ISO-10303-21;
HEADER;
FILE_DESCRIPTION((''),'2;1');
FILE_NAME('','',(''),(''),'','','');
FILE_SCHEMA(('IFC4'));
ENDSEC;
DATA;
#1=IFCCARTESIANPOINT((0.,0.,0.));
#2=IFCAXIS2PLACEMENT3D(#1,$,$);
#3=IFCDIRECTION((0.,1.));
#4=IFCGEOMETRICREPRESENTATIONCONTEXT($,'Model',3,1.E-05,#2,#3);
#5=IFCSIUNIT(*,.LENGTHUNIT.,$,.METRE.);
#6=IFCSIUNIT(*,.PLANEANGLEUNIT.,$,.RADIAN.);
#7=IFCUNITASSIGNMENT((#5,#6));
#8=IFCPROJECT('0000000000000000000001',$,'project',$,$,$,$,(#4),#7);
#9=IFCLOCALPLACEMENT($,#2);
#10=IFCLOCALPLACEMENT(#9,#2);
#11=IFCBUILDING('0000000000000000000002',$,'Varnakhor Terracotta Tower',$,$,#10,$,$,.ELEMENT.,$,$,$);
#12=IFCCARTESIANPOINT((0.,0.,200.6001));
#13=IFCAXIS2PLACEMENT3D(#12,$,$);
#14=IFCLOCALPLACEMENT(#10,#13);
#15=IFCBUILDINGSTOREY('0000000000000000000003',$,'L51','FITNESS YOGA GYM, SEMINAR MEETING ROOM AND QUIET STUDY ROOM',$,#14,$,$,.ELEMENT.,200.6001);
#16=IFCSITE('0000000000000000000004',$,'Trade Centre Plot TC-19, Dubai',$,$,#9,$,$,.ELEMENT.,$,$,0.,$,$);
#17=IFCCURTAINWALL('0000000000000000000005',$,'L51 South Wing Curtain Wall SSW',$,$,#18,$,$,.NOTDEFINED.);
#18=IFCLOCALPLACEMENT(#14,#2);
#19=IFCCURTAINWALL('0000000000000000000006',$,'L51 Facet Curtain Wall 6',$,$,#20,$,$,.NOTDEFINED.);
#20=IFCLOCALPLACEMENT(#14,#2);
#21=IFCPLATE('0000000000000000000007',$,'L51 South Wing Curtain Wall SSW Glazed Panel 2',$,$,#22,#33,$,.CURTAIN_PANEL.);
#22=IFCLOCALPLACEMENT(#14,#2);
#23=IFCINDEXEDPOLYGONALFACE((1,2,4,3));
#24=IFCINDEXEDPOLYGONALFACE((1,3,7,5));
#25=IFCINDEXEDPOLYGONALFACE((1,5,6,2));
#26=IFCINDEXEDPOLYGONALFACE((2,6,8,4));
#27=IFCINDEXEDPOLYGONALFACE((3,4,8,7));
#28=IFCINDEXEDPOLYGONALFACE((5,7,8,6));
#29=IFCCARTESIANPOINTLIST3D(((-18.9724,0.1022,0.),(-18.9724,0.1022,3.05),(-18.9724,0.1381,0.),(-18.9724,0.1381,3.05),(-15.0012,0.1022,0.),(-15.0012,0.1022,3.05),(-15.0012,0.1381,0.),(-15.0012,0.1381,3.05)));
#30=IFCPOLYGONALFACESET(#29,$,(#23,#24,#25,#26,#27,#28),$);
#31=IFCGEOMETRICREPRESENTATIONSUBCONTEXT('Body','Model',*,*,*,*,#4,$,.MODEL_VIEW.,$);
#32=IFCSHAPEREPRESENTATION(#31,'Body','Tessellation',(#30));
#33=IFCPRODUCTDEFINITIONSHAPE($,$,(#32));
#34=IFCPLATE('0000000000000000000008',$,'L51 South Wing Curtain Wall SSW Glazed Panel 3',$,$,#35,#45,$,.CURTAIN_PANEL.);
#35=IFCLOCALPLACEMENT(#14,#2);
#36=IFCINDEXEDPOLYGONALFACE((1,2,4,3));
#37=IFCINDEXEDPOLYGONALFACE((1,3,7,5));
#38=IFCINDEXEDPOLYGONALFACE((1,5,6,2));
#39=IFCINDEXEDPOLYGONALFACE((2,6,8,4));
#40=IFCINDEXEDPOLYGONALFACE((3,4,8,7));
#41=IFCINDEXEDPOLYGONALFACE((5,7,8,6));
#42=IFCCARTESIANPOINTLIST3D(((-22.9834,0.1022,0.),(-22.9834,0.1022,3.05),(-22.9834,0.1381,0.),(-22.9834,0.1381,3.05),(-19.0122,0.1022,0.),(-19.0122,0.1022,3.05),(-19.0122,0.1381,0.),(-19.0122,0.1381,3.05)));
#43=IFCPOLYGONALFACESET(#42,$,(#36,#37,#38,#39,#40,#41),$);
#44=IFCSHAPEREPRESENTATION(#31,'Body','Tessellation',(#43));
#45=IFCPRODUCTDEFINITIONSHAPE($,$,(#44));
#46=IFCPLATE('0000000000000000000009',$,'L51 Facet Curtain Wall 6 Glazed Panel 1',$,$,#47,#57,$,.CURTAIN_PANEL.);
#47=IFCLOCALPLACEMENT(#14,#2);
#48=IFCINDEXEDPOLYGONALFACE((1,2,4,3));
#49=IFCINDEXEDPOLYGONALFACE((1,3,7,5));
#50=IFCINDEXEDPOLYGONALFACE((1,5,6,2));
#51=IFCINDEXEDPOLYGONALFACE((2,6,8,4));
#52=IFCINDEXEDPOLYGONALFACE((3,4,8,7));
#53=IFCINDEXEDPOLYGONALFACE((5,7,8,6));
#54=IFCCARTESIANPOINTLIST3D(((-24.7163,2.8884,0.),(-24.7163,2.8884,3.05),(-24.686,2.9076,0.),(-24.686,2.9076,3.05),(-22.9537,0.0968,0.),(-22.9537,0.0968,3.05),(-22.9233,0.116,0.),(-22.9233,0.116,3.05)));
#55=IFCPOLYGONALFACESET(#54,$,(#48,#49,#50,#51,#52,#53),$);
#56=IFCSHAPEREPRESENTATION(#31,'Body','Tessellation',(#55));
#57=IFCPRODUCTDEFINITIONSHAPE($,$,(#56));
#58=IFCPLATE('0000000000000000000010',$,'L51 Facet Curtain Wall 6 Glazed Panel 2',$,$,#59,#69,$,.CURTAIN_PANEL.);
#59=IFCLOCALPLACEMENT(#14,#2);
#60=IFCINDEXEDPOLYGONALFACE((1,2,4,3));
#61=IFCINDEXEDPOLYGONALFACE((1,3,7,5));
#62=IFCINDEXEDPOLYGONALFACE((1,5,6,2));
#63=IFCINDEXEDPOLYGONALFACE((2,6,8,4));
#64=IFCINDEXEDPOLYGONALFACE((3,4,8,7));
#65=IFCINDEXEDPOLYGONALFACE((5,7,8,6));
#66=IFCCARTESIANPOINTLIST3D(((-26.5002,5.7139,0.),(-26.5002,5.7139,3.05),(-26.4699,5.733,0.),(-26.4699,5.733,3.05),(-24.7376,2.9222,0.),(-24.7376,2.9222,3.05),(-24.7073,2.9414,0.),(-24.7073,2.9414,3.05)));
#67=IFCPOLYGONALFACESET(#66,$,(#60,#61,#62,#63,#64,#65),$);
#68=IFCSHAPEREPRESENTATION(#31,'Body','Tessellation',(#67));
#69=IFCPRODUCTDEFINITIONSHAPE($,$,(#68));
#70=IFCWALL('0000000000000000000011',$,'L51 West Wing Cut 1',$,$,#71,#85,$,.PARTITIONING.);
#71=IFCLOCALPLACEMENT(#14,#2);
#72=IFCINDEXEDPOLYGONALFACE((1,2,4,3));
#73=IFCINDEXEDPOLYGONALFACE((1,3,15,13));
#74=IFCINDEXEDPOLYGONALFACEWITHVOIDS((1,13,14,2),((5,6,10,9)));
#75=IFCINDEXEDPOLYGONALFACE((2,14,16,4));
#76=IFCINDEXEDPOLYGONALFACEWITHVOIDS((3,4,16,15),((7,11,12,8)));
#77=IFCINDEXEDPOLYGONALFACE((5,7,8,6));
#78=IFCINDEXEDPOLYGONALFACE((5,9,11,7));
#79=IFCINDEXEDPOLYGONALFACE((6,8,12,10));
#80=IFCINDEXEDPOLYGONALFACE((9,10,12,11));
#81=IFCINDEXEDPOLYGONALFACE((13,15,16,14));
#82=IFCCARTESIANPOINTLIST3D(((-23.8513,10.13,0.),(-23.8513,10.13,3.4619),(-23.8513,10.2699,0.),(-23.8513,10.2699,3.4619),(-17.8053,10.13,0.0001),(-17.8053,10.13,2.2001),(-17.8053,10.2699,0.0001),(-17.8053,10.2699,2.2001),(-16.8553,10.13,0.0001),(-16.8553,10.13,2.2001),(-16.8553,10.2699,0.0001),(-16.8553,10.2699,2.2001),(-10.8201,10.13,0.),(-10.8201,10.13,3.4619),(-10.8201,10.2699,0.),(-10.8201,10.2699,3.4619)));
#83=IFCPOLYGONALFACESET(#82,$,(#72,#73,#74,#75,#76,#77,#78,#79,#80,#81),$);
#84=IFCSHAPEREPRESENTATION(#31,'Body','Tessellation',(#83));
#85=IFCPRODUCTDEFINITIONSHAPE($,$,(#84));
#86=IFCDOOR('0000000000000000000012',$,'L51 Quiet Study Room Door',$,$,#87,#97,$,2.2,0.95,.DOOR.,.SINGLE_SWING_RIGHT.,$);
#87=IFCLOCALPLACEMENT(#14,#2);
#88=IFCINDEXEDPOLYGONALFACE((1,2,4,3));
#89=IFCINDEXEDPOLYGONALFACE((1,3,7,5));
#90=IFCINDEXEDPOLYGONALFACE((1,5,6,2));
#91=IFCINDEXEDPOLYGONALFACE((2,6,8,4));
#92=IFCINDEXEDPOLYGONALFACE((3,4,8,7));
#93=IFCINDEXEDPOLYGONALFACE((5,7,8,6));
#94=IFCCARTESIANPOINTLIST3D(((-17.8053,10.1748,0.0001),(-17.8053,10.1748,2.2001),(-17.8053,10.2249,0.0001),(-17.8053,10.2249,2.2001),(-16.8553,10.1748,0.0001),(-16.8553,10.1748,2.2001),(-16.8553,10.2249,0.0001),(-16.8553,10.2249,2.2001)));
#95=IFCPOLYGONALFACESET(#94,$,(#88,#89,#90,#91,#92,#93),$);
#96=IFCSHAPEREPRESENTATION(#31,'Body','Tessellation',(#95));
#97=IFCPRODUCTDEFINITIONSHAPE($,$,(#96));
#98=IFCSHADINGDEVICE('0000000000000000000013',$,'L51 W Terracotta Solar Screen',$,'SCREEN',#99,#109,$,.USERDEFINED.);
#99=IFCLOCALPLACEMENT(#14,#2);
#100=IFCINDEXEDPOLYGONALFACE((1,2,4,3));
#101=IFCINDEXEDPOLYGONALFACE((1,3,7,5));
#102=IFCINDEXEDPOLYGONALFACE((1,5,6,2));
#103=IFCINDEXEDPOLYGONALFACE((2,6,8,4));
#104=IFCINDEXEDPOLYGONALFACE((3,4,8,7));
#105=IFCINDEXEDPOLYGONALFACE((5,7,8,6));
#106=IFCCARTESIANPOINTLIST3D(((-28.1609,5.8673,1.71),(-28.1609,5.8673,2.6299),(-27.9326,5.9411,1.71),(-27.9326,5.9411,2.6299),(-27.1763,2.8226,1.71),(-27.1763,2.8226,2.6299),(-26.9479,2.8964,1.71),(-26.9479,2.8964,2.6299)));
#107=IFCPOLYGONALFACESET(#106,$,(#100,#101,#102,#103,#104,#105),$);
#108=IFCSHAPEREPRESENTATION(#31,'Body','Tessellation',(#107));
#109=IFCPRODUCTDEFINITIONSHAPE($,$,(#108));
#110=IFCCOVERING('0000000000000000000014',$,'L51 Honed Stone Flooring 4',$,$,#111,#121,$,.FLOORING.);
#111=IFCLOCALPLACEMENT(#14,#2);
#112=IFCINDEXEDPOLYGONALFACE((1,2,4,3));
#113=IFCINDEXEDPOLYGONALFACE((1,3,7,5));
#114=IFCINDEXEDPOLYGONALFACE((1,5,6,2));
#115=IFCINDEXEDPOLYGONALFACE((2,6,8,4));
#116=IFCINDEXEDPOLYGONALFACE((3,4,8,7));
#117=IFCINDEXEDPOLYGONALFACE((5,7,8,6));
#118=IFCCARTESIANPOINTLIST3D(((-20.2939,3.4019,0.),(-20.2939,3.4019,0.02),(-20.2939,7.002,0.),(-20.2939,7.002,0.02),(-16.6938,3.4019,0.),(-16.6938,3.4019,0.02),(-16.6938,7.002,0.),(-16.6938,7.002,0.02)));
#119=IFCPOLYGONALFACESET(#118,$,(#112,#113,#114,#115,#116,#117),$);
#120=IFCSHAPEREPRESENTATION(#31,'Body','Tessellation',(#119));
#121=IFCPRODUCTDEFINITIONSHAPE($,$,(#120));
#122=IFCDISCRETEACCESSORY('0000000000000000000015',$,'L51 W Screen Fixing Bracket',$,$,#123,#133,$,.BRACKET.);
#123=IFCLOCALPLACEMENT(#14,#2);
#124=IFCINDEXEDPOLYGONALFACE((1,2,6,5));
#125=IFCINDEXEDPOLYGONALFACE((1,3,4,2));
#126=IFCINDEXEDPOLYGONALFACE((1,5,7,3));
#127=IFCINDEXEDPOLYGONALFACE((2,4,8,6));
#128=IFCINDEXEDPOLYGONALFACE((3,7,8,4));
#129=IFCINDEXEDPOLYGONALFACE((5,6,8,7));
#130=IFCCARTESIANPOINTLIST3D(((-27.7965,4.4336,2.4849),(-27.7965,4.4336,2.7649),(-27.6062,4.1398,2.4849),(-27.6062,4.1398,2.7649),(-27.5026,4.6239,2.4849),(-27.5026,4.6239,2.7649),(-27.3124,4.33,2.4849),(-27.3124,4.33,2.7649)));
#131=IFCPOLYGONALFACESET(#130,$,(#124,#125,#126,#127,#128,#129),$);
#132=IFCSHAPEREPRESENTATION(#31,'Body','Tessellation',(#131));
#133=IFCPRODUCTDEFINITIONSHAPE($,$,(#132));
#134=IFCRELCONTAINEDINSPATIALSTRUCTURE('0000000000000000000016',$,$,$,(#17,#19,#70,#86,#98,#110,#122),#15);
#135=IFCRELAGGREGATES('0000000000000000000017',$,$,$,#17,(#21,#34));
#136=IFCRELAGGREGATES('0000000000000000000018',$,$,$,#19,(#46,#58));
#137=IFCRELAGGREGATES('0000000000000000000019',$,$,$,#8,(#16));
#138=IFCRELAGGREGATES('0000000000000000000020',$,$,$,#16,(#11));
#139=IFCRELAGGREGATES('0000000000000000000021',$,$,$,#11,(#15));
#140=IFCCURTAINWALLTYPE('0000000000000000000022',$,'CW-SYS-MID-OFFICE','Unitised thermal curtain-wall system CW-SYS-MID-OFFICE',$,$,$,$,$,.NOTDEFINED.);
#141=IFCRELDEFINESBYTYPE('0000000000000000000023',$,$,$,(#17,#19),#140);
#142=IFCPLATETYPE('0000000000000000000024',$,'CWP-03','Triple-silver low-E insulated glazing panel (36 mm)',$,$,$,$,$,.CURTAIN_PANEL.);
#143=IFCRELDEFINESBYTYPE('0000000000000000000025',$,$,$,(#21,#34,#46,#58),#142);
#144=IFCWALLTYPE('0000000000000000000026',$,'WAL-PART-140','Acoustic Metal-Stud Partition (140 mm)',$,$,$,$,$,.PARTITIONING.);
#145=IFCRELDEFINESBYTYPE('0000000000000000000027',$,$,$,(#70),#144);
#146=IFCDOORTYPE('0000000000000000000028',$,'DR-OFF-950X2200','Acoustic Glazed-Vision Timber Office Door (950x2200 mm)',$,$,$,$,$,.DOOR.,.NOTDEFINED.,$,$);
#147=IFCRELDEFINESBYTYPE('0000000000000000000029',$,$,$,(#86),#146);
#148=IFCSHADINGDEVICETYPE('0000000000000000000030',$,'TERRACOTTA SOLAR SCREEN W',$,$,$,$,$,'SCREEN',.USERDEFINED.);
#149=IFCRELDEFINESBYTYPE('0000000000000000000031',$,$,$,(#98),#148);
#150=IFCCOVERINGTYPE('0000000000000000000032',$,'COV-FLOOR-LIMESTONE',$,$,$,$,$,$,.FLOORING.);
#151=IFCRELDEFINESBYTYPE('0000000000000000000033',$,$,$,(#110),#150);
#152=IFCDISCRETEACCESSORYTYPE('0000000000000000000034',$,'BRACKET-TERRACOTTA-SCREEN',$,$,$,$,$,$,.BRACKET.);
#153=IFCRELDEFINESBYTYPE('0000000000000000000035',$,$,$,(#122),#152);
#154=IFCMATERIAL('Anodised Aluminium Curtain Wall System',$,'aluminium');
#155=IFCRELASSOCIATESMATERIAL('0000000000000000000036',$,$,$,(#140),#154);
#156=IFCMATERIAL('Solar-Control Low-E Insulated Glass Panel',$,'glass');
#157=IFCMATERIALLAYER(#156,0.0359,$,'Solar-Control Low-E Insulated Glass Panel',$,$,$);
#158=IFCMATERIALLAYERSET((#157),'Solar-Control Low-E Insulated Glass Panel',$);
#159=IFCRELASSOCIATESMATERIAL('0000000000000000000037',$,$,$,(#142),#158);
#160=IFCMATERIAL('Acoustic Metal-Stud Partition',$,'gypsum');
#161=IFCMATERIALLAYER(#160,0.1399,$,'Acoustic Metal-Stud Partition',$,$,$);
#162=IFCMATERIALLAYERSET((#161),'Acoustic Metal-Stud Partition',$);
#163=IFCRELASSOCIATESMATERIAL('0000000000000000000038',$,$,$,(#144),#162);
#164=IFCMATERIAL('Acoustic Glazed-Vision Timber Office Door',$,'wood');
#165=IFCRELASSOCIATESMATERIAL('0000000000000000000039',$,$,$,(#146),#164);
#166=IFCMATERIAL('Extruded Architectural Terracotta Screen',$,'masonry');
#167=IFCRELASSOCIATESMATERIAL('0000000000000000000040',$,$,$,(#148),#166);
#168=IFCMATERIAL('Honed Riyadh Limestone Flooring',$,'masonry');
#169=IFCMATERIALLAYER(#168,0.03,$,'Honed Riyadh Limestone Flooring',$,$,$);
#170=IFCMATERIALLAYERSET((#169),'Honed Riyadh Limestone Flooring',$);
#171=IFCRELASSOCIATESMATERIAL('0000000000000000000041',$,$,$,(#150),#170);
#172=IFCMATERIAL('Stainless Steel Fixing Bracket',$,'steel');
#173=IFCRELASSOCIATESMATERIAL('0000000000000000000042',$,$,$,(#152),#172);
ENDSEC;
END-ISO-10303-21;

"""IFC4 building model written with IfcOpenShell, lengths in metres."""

from ifc_helpers import new_model, si_unit, direction, frame, frame_2d, origin, origin_2d, place, context, subcontext, project, spatial, rectangle, extrude, source, transform, mapped, material, layer, layer_set, type_object, type_shapes, element, fill, aggregate, save


model = new_model("IFC4")

# Units and contexts
model_context = context("Model", 3, precision=1e-05, world=origin(), true_north=direction((0.0, 1.0)))
body_context = subcontext(model_context, "Body", "Model", "MODEL_VIEW")
ifc_project = project(units=[si_unit("LENGTHUNIT", "METRE"), si_unit("PLANEANGLEUNIT", "RADIAN")], contexts=[model_context])

# Site, building, storey
site_placement = place(None, origin())
site = spatial("IfcSite", under=ifc_project, at=site_placement, Name="Trade Centre Plot TC-19, Dubai", CompositionType="ELEMENT", RefElevation=0.0)
building_placement = place(site_placement, origin())
building = spatial("IfcBuilding", under=site, at=building_placement, Name="Varnakhor Terracotta Tower", CompositionType="ELEMENT")
storey_placement = place(building_placement, frame((0.0, 0.0, 200.6001)))
storey = spatial("IfcBuildingStorey", under=building, at=storey_placement, Name="L51", Description="FITNESS YOGA GYM, SEMINAR MEETING ROOM AND QUIET STUDY ROOM", CompositionType="ELEMENT", Elevation=200.6001)

# Curtain walls
ifc_material_1 = material(Name="Anodised Aluminium Curtain Wall System", Category="aluminium")
curtain_wall_type = type_object("IfcCurtainWallType", Name="CW-SYS-MID-OFFICE", Description="Unitised thermal curtain-wall system CW-SYS-MID-OFFICE", PredefinedType="NOTDEFINED", material=ifc_material_1)
curtain_wall_1_placement = place(storey_placement, origin())
curtain_wall_1 = element("IfcCurtainWall", 1, at=curtain_wall_1_placement, inside=storey, type_object=curtain_wall_type, Name="L51 South Wing Curtain Wall SSW", PredefinedType="NOTDEFINED")
curtain_wall_2_placement = place(storey_placement, origin())
curtain_wall_2 = element("IfcCurtainWall", 2, at=curtain_wall_2_placement, inside=storey, type_object=curtain_wall_type, Name="L51 Facet Curtain Wall 6", PredefinedType="NOTDEFINED")

# Plates
ifc_material_2 = material(Name="Solar-Control Low-E Insulated Glass Panel", Category="glass")
ifc_layer_1 = layer(ifc_material_2, 0.0359, Name="Solar-Control Low-E Insulated Glass Panel")
ifc_layer_set_1 = layer_set([ifc_layer_1], Name="Solar-Control Low-E Insulated Glass Panel")
plate_type = type_object("IfcPlateType", Name="CWP-03", Description="Triple-silver low-E insulated glazing panel (36 mm)", PredefinedType="CURTAIN_PANEL", material=ifc_layer_set_1)
shared_shape_1 = source(origin(), body_context, "Body", "SweptSolid", [
    extrude(rectangle(XDim=3.9712, YDim=0.0359, at=origin_2d()), origin(), (0.0, 0.0, 1.0), 3.05),
])
plate_1_placement = place(storey_placement, frame((-16.9868, 0.1201, 0.0), z_axis=(0.0, 0.0, 1.0), x_axis=(-1.0, 0.0, 0.0)))
plate_1 = element("IfcPlate", 3, at=plate_1_placement, type_object=plate_type, Name="L51 South Wing Curtain Wall SSW Glazed Panel 2", PredefinedType="CURTAIN_PANEL", context=body_context, shape_type="MappedRepresentation", body=[
    mapped(shared_shape_1, transform((0.0, 0.0, 0.0), scale=1.0)),
])
plate_2_placement = place(storey_placement, frame((-20.9978, 0.1201, 0.0), z_axis=(0.0, 0.0, 1.0), x_axis=(-1.0, 0.0, 0.0)))
plate_2 = element("IfcPlate", 4, at=plate_2_placement, type_object=plate_type, Name="L51 South Wing Curtain Wall SSW Glazed Panel 3", PredefinedType="CURTAIN_PANEL", context=body_context, shape_type="MappedRepresentation", body=[
    mapped(shared_shape_1, transform((0.0, 0.0, 0.0), scale=1.0)),
])
aggregate(curtain_wall_1, [plate_1, plate_2])
shared_shape_2 = source(origin(), body_context, "Body", "SweptSolid", [
    extrude(rectangle(XDim=3.3015, YDim=0.0359, at=origin_2d()), origin(), (0.0, 0.0, 1.0), 3.05),
])
plate_3_placement = place(storey_placement, frame((-23.8198, 1.5022, 0.0), z_axis=(0.0, 0.0, 1.0), x_axis=(-0.53388, 0.84556, 0.0)))
plate_3 = element("IfcPlate", 5, at=plate_3_placement, type_object=plate_type, Name="L51 Facet Curtain Wall 6 Glazed Panel 1", PredefinedType="CURTAIN_PANEL", context=body_context, shape_type="MappedRepresentation", body=[
    mapped(shared_shape_2, transform((0.0, 0.0, 0.0), scale=1.0)),
])
plate_4_placement = place(storey_placement, frame((-25.6038, 4.3276, 0.0), z_axis=(0.0, 0.0, 1.0), x_axis=(-0.53388, 0.84556, 0.0)))
plate_4 = element("IfcPlate", 6, at=plate_4_placement, type_object=plate_type, Name="L51 Facet Curtain Wall 6 Glazed Panel 2", PredefinedType="CURTAIN_PANEL", context=body_context, shape_type="MappedRepresentation", body=[
    mapped(shared_shape_2, transform((0.0, 0.0, 0.0), scale=1.0)),
])
aggregate(curtain_wall_2, [plate_3, plate_4])

# Wall, opening, door
ifc_material_3 = material(Name="Acoustic Metal-Stud Partition", Category="gypsum")
ifc_layer_2 = layer(ifc_material_3, 0.1399, Name="Acoustic Metal-Stud Partition")
ifc_layer_set_2 = layer_set([ifc_layer_2], Name="Acoustic Metal-Stud Partition")
wall_type = type_object("IfcWallType", Name="WAL-PART-140", Description="Acoustic Metal-Stud Partition (140 mm)", PredefinedType="PARTITIONING", material=ifc_layer_set_2)
wall_placement = place(storey_placement, frame((-23.8513, 10.2, 0.0), z_axis=(0.0, 0.0, 1.0), x_axis=(1.0, 0.0, 0.0)))
wall = element("IfcWall", 7, at=wall_placement, inside=storey, type_object=wall_type, Name="L51 West Wing Cut 1", PredefinedType="PARTITIONING", context=body_context, shape_type="SweptSolid", body=[
    extrude(rectangle(XDim=13.0312, YDim=0.1399, at=frame_2d((6.5156, 0.0))), origin(), (0.0, 0.0, 1.0), 3.4619),
])
opening_placement = place(wall_placement, frame((6.0459, 0.0, 0.0)))
opening = element("IfcOpeningElement", 8, at=opening_placement, cuts=wall, PredefinedType="OPENING", context=body_context, shape_type="SweptSolid", body=[
    extrude(rectangle(XDim=0.95, YDim=2.2, at=frame_2d((0.4751, 1.1001))), frame((0.0, 0.0801, 0.0), z_axis=(0.0, -1.0, 0.0), x_axis=(1.0, 0.0, 0.0)), (0.0, 0.0, 1.0), 0.1599),
])
ifc_material_4 = material(Name="Acoustic Glazed-Vision Timber Office Door", Category="wood")
door_type = type_object("IfcDoorType", Name="DR-OFF-950X2200", Description="Acoustic Glazed-Vision Timber Office Door (950x2200 mm)", OperationType="NOTDEFINED", PredefinedType="DOOR", material=ifc_material_4)
shared_shape_3 = source(origin(), body_context, "Body", "SweptSolid", [
    extrude(rectangle(XDim=0.95, YDim=2.2, at=frame_2d((0.4751, 1.1001))), frame((0.0, 0.0249, 0.0), z_axis=(0.0, -1.0, 0.0), x_axis=(1.0, 0.0, 0.0)), (0.0, 0.0, 1.0), 0.05),
])
type_shapes(door_type, [shared_shape_3])
door_placement = place(opening_placement, origin())
door = element("IfcDoor", 9, at=door_placement, inside=storey, type_object=door_type, Name="L51 Quiet Study Room Door", OperationType="SINGLE_SWING_RIGHT", OverallHeight=2.2, OverallWidth=0.95, PredefinedType="DOOR", context=body_context, shape_type="MappedRepresentation", body=[
    mapped(shared_shape_3, transform((0.0, 0.0, 0.0), scale=1.0)),
])
fill(opening, door)

# Shading device
ifc_material_5 = material(Name="Extruded Architectural Terracotta Screen", Category="masonry")
shading_device_type = type_object("IfcShadingDeviceType", Name="TERRACOTTA SOLAR SCREEN W", ElementType="SCREEN", PredefinedType="USERDEFINED", material=ifc_material_5)
shared_shape_4 = source(origin(), body_context, "Body", "SweptSolid", [
    extrude(rectangle(XDim=3.2, YDim=0.24, at=origin_2d()), origin(), (0.0, 0.0, 1.0), 0.9199),
])
type_shapes(shading_device_type, [shared_shape_4])
shading_device_placement = place(storey_placement, frame((-27.5544, 4.3818, 1.71), z_axis=(0.0, 0.0, 1.0), x_axis=(0.307705, -0.951482, 0.0)))
element("IfcShadingDevice", 10, at=shading_device_placement, inside=storey, type_object=shading_device_type, Name="L51 W Terracotta Solar Screen", ObjectType="SCREEN", PredefinedType="USERDEFINED", context=body_context, shape_type="MappedRepresentation", body=[
    mapped(shared_shape_4, transform((0.0, 0.0, 0.0), scale=1.0)),
])

# Covering
ifc_material_6 = material(Name="Honed Riyadh Limestone Flooring", Category="masonry")
ifc_layer_3 = layer(ifc_material_6, 0.03, Name="Honed Riyadh Limestone Flooring")
ifc_layer_set_3 = layer_set([ifc_layer_3], Name="Honed Riyadh Limestone Flooring")
covering_type = type_object("IfcCoveringType", Name="COV-FLOOR-LIMESTONE", PredefinedType="FLOORING", material=ifc_layer_set_3)
shared_shape_5 = source(origin(), body_context, "Body", "SweptSolid", [
    extrude(rectangle(XDim=3.6001, YDim=3.6001, at=origin_2d()), origin(), (0.0, 0.0, 1.0), 0.02),
])
covering_placement = place(storey_placement, frame((-18.4939, 5.2019, 0.0), z_axis=(0.0, 0.0, 1.0), x_axis=(1.0, 0.0, 0.0)))
element("IfcCovering", 11, at=covering_placement, inside=storey, type_object=covering_type, Name="L51 Honed Stone Flooring 4", PredefinedType="FLOORING", context=body_context, shape_type="MappedRepresentation", body=[
    mapped(shared_shape_5, transform((0.0, 0.0, 0.0), scale=1.0)),
])

# Discrete accessory
ifc_material_7 = material(Name="Stainless Steel Fixing Bracket", Category="steel")
discrete_accessory_type = type_object("IfcDiscreteAccessoryType", Name="BRACKET-TERRACOTTA-SCREEN", PredefinedType="BRACKET", material=ifc_material_7)
shared_shape_6 = source(origin(), body_context, "Body", "SweptSolid", [
    extrude(rectangle(XDim=0.3501, YDim=0.3501, at=origin_2d()), origin(), (0.0, 0.0, 1.0), 0.28),
])
type_shapes(discrete_accessory_type, [shared_shape_6])
discrete_accessory_placement = place(storey_placement, frame((-27.5544, 4.3818, 2.4849), z_axis=(0.0, 0.0, 1.0), x_axis=(0.543482, -0.839421, 0.0)))
element("IfcDiscreteAccessory", 12, at=discrete_accessory_placement, inside=storey, type_object=discrete_accessory_type, Name="L51 W Screen Fixing Bracket", PredefinedType="BRACKET", context=body_context, shape_type="MappedRepresentation", body=[
    mapped(shared_shape_6, transform((0.0, 0.0, 0.0), scale=1.0)),
])

save(model, "model.ifc")
